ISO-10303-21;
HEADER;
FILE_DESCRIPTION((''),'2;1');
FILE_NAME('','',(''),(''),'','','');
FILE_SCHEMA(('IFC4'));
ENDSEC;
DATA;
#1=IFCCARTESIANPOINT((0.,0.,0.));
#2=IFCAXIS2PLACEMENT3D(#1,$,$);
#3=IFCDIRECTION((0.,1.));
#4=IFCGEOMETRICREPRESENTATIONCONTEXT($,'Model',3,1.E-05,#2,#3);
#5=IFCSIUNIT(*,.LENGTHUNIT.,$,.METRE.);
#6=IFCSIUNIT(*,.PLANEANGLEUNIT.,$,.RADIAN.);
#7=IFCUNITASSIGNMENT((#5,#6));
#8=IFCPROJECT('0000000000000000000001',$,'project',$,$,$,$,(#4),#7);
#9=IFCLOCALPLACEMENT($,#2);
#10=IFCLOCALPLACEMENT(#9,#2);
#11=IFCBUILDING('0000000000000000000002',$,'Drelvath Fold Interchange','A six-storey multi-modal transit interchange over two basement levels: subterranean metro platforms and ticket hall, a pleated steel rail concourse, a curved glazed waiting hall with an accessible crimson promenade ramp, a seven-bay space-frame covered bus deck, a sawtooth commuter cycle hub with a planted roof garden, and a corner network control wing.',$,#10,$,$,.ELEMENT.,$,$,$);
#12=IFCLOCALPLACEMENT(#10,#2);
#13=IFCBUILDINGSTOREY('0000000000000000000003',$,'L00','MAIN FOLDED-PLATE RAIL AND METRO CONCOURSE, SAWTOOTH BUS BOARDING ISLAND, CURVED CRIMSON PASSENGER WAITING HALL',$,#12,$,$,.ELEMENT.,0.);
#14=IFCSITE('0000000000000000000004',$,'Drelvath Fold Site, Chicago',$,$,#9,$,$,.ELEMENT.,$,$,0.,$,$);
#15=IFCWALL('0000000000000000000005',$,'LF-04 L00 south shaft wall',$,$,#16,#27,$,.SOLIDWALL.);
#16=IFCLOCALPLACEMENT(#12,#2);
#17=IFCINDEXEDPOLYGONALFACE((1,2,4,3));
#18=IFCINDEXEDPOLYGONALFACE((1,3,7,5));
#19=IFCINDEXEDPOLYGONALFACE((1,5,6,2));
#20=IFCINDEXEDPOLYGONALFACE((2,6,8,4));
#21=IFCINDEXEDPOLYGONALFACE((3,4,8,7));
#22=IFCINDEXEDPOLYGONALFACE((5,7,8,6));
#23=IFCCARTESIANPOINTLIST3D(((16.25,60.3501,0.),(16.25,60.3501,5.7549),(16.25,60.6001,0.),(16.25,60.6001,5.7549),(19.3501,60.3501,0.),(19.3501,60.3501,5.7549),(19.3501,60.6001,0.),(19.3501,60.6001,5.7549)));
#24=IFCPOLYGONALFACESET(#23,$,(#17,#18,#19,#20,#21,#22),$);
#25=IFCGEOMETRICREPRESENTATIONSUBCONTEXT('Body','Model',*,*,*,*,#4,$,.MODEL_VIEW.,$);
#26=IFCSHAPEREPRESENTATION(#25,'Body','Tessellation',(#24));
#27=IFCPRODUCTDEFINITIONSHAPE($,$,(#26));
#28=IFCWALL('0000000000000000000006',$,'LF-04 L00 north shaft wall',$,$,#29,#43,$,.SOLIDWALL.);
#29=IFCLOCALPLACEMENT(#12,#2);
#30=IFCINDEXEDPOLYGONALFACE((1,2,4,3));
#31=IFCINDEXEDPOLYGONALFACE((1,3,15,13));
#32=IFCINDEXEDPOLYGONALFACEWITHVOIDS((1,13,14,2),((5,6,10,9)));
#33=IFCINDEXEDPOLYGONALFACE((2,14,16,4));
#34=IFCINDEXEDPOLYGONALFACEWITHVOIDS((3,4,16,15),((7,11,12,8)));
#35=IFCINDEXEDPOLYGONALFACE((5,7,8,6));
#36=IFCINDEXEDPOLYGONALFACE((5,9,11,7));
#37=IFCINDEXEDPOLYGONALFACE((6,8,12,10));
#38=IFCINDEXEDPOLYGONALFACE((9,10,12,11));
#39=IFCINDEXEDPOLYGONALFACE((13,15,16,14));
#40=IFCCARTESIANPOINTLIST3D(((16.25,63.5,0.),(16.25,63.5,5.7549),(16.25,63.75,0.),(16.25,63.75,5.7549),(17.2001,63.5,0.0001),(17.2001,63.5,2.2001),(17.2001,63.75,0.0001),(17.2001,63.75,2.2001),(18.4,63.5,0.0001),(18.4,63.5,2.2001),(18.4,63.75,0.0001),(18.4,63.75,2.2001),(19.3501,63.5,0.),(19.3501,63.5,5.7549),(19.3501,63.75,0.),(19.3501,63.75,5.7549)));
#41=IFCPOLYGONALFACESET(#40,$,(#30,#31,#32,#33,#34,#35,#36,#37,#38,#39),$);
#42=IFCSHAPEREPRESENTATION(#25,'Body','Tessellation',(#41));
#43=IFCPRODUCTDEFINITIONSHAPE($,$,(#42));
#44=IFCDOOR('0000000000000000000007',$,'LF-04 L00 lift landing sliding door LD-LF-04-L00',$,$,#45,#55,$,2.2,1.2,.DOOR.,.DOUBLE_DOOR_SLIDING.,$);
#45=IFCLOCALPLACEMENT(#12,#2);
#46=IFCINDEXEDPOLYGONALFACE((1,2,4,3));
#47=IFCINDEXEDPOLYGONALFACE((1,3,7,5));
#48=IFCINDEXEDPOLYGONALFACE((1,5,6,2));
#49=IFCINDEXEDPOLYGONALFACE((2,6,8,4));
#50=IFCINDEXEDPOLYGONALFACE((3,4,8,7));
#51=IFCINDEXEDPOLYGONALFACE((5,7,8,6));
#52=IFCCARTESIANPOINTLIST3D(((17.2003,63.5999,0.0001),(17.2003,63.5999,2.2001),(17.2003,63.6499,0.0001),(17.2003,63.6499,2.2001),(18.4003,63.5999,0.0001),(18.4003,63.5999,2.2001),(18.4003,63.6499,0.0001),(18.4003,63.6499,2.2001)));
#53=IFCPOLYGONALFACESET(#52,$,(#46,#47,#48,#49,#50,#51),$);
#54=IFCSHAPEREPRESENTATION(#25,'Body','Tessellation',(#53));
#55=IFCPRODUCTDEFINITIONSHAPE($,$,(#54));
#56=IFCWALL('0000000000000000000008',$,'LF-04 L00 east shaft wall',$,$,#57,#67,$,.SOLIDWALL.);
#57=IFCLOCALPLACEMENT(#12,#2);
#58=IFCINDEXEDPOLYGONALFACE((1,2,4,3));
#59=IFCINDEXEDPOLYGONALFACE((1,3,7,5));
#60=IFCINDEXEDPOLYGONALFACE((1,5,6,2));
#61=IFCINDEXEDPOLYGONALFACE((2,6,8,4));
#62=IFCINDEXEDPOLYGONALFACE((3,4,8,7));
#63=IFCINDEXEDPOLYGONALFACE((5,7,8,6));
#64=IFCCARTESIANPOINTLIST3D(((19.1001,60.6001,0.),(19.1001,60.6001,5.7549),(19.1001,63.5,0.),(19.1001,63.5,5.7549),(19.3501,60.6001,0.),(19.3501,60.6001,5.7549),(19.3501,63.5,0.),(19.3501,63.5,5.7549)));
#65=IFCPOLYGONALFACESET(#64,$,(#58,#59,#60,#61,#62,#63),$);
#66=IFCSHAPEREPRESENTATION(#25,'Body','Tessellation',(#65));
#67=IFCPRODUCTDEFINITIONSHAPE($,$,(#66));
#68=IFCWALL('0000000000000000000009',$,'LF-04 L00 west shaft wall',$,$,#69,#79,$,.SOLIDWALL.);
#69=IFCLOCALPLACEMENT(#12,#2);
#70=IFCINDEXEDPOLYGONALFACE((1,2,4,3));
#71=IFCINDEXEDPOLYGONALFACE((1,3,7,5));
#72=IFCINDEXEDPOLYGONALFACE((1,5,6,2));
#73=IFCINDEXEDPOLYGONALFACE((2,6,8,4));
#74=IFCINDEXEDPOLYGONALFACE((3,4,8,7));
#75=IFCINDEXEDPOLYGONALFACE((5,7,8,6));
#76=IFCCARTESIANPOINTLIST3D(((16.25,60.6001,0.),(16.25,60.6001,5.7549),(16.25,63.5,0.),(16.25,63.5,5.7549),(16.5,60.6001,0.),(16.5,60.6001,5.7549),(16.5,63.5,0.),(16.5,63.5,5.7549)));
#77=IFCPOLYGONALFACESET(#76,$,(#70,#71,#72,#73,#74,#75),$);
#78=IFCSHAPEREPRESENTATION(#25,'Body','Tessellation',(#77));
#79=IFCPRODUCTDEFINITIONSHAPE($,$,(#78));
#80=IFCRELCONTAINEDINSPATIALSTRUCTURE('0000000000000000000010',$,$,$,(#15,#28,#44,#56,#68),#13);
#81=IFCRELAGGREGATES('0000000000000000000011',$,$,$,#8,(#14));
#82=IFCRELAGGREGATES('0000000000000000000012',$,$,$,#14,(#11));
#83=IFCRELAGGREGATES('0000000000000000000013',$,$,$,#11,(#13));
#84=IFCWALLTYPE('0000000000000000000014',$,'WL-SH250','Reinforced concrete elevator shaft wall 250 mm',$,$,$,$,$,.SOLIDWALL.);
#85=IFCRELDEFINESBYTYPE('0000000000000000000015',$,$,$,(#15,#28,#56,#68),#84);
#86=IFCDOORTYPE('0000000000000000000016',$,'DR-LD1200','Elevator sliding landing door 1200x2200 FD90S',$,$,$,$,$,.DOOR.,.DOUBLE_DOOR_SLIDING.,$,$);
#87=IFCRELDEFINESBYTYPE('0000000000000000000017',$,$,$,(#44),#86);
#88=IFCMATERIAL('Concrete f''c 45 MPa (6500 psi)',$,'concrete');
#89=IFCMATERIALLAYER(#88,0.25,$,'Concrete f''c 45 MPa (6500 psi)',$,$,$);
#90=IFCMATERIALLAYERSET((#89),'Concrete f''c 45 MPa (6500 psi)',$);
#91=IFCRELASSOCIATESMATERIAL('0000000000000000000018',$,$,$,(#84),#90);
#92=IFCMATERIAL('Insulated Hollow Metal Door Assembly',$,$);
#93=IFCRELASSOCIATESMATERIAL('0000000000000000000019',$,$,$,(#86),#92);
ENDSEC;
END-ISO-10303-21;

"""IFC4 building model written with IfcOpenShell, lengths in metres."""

from ifc_helpers import new_model, si_unit, direction, frame, frame_2d, origin, place, context, subcontext, project, spatial, rectangle, extrude, material, layer, layer_set, type_object, element, fill, save


model = new_model("IFC4")

# Units and contexts
model_context = context("Model", 3, precision=1e-05, world=origin(), true_north=direction((0.0, 1.0)))
body_context = subcontext(model_context, "Body", "Model", "MODEL_VIEW")
ifc_project = project(units=[si_unit("LENGTHUNIT", "METRE"), si_unit("PLANEANGLEUNIT", "RADIAN")], contexts=[model_context])

# Site, building, storey
site_placement = place(None, origin())
site = spatial("IfcSite", under=ifc_project, at=site_placement, Name="Drelvath Fold Site, Chicago", CompositionType="ELEMENT", RefElevation=0.0)
building_placement = place(site_placement, origin())
building = spatial("IfcBuilding", under=site, at=building_placement, Name="Drelvath Fold Interchange", Description="A six-storey multi-modal transit interchange over two basement levels: subterranean metro platforms and ticket hall, a pleated steel rail concourse, a curved glazed waiting hall with an accessible crimson promenade ramp, a seven-bay space-frame covered bus deck, a sawtooth commuter cycle hub with a planted roof garden, and a corner network control wing.", CompositionType="ELEMENT")
storey_placement = place(building_placement, origin())
storey = spatial("IfcBuildingStorey", under=building, at=storey_placement, Name="L00", Description="MAIN FOLDED-PLATE RAIL AND METRO CONCOURSE, SAWTOOTH BUS BOARDING ISLAND, CURVED CRIMSON PASSENGER WAITING HALL", CompositionType="ELEMENT", Elevation=0.0)

# Shared definitions
ifc_material_1 = material(Name="Concrete f'c 45 MPa (6500 psi)", Category="concrete")
ifc_layer = layer(ifc_material_1, 0.25, Name="Concrete f'c 45 MPa (6500 psi)")
ifc_layer_set = layer_set([ifc_layer], Name="Concrete f'c 45 MPa (6500 psi)")
wall_type = type_object("IfcWallType", Name="WL-SH250", Description="Reinforced concrete elevator shaft wall 250 mm", PredefinedType="SOLIDWALL", material=ifc_layer_set)

# Shared definitions
ifc_material_2 = material(Name="Insulated Hollow Metal Door Assembly")
door_type = type_object("IfcDoorType", Name="DR-LD1200", Description="Elevator sliding landing door 1200x2200 FD90S", OperationType="DOUBLE_DOOR_SLIDING", PredefinedType="DOOR", material=ifc_material_2)

# Wall
wall_1_placement = place(storey_placement, frame((16.25, 60.4751, 0.0), z_axis=(0.0, 0.0, 1.0), x_axis=(1.0, 0.0, 0.0)))
element("IfcWall", 1, at=wall_1_placement, inside=storey, type_object=wall_type, Name="LF-04 L00 south shaft wall", PredefinedType="SOLIDWALL", context=body_context, shape_type="SweptSolid", body=[
    extrude(rectangle(XDim=3.1001, YDim=0.25, at=frame_2d((1.55, 0.0))), origin(), (0.0, 0.0, 1.0), 5.7549),
])

# Wall, opening, door
wall_2_placement = place(storey_placement, frame((19.3501, 63.625, 0.0), z_axis=(0.0, 0.0, 1.0), x_axis=(-1.0, 0.0, 0.0)))
wall_2 = element("IfcWall", 2, at=wall_2_placement, inside=storey, type_object=wall_type, Name="LF-04 L00 north shaft wall", PredefinedType="SOLIDWALL", context=body_context, shape_type="SweptSolid", body=[
    extrude(rectangle(XDim=3.1001, YDim=0.25, at=frame_2d((1.55, 0.0))), origin(), (0.0, 0.0, 1.0), 5.7549),
])
opening_1_placement = place(wall_2_placement, frame((0.95, 0.0, 0.0)))
opening_1 = element("IfcOpeningElement", 3, at=opening_1_placement, cuts=wall_2, PredefinedType="OPENING", context=body_context, shape_type="SweptSolid", body=[
    extrude(rectangle(XDim=1.2, YDim=2.2, at=frame_2d((0.6001, 1.1001))), frame((0.0, 0.135, 0.0), z_axis=(0.0, -1.0, 0.0), x_axis=(1.0, 0.0, 0.0)), (0.0, 0.0, 1.0), 0.27),
])
door_1_placement = place(opening_1_placement, frame((1.2, 0.0, 0.0), z_axis=(0.0, 0.0, 1.0), x_axis=(-1.0, 0.0, 0.0)))
door_1 = element("IfcDoor", 4, at=door_1_placement, inside=storey, type_object=door_type, Name="LF-04 L00 lift landing sliding door LD-LF-04-L00", OperationType="DOUBLE_DOOR_SLIDING", OverallHeight=2.2, OverallWidth=1.2, PredefinedType="DOOR", context=body_context, shape_type="SweptSolid", body=[
    extrude(rectangle(XDim=1.2, YDim=2.2, at=frame_2d((0.6001, 1.1001))), frame((0.0, 0.0249, 0.0), z_axis=(0.0, -1.0, 0.0), x_axis=(1.0, 0.0, 0.0)), (0.0, 0.0, 1.0), 0.05),
])
fill(opening_1, door_1)

# Walls
for number, where, z_axis, x_axis, name in (
    (5, (19.2251, 60.6001, 0.0), (0.0, 0.0, 1.0), (0.0, 1.0, 0.0), "LF-04 L00 east shaft wall"),
    (6, (16.375, 63.5, 0.0), (0.0, 0.0, 1.0), (0.0, -1.0, 0.0), "LF-04 L00 west shaft wall"),
):
    element("IfcWall", number, at=place(storey_placement, frame(where, z_axis=z_axis, x_axis=x_axis)), inside=storey, type_object=wall_type, Name=name, PredefinedType="SOLIDWALL", context=body_context, shape_type="SweptSolid", body=[
        extrude(rectangle(XDim=2.8999, YDim=0.25, at=frame_2d((1.45, 0.0))), origin(), (0.0, 0.0, 1.0), 5.7549),
    ])

save(model, "model.ifc")
